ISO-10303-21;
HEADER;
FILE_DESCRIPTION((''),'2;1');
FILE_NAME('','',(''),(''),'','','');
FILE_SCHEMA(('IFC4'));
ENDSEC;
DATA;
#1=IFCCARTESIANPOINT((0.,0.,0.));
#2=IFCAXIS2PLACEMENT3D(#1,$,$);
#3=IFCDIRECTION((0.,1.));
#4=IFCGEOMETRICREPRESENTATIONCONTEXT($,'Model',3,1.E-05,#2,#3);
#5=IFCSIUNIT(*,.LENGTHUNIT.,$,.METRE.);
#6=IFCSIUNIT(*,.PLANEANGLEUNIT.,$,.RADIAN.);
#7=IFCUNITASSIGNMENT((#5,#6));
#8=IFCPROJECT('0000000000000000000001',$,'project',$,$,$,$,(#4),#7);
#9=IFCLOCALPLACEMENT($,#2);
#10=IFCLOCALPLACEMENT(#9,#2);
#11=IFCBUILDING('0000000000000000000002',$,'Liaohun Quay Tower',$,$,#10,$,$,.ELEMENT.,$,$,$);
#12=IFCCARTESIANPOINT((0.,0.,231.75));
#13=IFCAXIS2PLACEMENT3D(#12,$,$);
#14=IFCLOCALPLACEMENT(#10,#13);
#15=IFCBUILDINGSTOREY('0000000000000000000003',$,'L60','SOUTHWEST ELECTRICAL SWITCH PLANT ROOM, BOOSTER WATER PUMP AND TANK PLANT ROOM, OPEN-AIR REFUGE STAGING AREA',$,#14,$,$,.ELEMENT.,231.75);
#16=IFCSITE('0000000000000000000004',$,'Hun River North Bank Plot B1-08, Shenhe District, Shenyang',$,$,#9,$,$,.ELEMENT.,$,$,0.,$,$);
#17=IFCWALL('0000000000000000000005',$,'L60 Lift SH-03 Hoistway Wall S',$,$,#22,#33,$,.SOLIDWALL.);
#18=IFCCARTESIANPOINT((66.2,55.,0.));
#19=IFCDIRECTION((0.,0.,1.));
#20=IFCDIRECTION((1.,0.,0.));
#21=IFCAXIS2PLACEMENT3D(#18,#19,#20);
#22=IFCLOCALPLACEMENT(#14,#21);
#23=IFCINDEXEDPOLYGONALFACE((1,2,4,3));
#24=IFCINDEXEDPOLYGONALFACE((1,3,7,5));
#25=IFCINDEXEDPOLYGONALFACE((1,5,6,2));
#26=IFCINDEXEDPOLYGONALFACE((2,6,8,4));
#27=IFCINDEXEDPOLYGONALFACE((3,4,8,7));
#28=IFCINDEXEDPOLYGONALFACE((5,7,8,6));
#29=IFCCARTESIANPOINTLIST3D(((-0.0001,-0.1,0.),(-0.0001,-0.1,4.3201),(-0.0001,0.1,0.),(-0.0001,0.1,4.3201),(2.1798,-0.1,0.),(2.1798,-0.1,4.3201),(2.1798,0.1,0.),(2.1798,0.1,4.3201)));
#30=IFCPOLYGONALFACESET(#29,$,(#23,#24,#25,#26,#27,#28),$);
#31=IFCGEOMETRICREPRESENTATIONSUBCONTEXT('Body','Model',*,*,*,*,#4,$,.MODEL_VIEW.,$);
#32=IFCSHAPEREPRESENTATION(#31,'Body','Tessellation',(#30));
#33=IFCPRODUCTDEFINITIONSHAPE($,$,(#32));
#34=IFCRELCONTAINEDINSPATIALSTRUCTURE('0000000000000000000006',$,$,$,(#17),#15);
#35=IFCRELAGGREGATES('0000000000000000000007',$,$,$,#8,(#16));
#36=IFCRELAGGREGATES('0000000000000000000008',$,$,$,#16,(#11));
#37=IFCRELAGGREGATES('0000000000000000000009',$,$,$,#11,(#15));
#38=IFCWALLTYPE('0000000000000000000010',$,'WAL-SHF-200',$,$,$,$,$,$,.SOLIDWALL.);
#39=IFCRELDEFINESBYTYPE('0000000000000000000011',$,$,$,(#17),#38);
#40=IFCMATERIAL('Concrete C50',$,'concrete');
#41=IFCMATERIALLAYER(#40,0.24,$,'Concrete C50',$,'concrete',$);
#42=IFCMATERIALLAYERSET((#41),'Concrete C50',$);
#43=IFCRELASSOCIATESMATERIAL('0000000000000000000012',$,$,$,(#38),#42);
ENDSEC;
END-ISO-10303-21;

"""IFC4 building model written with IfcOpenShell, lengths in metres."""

from ifc_helpers import new_model, si_unit, direction, frame, frame_2d, origin, place, context, subcontext, project, spatial, rectangle, extrude, material, layer, layer_set, type_object, element, save


model = new_model("IFC4")

# Units and contexts
model_context = context("Model", 3, precision=1e-05, world=origin(), true_north=direction((0.0, 1.0)))
body_context = subcontext(model_context, "Body", "Model", "MODEL_VIEW")
ifc_project = project(units=[si_unit("LENGTHUNIT", "METRE"), si_unit("PLANEANGLEUNIT", "RADIAN")], contexts=[model_context])

# Site, building, storey
site_placement = place(None, origin())
site = spatial("IfcSite", under=ifc_project, at=site_placement, Name="Hun River North Bank Plot B1-08, Shenhe District, Shenyang", CompositionType="ELEMENT", RefElevation=0.0)
building_placement = place(site_placement, origin())
building = spatial("IfcBuilding", under=site, at=building_placement, Name="Liaohun Quay Tower", CompositionType="ELEMENT")
storey_placement = place(building_placement, frame((0.0, 0.0, 231.75)))
storey = spatial("IfcBuildingStorey", under=building, at=storey_placement, Name="L60", Description="SOUTHWEST ELECTRICAL SWITCH PLANT ROOM, BOOSTER WATER PUMP AND TANK PLANT ROOM, OPEN-AIR REFUGE STAGING AREA", CompositionType="ELEMENT", Elevation=231.75)

# Shared definitions
ifc_material_1 = material(Name="Concrete C50", Category="concrete")
ifc_layer_1 = layer(ifc_material_1, 0.24, Name="Concrete C50", Category="concrete")
ifc_layer_set_1 = layer_set([ifc_layer_1], Name="Concrete C50")
wall_type_1 = type_object("IfcWallType", Name="WAL-SHF-200", PredefinedType="SOLIDWALL", material=ifc_layer_set_1)

# Wall
wall_1_placement = place(storey_placement, frame((66.2, 55.0, 0.0), z_axis=(0.0, 0.0, 1.0), x_axis=(1.0, 0.0, 0.0)))
element("IfcWall", 1, at=wall_1_placement, inside=storey, type_object=wall_type_1, Name="L60 Lift SH-03 Hoistway Wall S", PredefinedType="SOLIDWALL", context=body_context, shape_type="SweptSolid", body=[
    extrude(rectangle(XDim=2.1799, YDim=0.2, at=frame_2d((1.0898, 0.0))), origin(), (0.0, 0.0, 1.0), 4.3201),
])

save(model, "model.ifc")
